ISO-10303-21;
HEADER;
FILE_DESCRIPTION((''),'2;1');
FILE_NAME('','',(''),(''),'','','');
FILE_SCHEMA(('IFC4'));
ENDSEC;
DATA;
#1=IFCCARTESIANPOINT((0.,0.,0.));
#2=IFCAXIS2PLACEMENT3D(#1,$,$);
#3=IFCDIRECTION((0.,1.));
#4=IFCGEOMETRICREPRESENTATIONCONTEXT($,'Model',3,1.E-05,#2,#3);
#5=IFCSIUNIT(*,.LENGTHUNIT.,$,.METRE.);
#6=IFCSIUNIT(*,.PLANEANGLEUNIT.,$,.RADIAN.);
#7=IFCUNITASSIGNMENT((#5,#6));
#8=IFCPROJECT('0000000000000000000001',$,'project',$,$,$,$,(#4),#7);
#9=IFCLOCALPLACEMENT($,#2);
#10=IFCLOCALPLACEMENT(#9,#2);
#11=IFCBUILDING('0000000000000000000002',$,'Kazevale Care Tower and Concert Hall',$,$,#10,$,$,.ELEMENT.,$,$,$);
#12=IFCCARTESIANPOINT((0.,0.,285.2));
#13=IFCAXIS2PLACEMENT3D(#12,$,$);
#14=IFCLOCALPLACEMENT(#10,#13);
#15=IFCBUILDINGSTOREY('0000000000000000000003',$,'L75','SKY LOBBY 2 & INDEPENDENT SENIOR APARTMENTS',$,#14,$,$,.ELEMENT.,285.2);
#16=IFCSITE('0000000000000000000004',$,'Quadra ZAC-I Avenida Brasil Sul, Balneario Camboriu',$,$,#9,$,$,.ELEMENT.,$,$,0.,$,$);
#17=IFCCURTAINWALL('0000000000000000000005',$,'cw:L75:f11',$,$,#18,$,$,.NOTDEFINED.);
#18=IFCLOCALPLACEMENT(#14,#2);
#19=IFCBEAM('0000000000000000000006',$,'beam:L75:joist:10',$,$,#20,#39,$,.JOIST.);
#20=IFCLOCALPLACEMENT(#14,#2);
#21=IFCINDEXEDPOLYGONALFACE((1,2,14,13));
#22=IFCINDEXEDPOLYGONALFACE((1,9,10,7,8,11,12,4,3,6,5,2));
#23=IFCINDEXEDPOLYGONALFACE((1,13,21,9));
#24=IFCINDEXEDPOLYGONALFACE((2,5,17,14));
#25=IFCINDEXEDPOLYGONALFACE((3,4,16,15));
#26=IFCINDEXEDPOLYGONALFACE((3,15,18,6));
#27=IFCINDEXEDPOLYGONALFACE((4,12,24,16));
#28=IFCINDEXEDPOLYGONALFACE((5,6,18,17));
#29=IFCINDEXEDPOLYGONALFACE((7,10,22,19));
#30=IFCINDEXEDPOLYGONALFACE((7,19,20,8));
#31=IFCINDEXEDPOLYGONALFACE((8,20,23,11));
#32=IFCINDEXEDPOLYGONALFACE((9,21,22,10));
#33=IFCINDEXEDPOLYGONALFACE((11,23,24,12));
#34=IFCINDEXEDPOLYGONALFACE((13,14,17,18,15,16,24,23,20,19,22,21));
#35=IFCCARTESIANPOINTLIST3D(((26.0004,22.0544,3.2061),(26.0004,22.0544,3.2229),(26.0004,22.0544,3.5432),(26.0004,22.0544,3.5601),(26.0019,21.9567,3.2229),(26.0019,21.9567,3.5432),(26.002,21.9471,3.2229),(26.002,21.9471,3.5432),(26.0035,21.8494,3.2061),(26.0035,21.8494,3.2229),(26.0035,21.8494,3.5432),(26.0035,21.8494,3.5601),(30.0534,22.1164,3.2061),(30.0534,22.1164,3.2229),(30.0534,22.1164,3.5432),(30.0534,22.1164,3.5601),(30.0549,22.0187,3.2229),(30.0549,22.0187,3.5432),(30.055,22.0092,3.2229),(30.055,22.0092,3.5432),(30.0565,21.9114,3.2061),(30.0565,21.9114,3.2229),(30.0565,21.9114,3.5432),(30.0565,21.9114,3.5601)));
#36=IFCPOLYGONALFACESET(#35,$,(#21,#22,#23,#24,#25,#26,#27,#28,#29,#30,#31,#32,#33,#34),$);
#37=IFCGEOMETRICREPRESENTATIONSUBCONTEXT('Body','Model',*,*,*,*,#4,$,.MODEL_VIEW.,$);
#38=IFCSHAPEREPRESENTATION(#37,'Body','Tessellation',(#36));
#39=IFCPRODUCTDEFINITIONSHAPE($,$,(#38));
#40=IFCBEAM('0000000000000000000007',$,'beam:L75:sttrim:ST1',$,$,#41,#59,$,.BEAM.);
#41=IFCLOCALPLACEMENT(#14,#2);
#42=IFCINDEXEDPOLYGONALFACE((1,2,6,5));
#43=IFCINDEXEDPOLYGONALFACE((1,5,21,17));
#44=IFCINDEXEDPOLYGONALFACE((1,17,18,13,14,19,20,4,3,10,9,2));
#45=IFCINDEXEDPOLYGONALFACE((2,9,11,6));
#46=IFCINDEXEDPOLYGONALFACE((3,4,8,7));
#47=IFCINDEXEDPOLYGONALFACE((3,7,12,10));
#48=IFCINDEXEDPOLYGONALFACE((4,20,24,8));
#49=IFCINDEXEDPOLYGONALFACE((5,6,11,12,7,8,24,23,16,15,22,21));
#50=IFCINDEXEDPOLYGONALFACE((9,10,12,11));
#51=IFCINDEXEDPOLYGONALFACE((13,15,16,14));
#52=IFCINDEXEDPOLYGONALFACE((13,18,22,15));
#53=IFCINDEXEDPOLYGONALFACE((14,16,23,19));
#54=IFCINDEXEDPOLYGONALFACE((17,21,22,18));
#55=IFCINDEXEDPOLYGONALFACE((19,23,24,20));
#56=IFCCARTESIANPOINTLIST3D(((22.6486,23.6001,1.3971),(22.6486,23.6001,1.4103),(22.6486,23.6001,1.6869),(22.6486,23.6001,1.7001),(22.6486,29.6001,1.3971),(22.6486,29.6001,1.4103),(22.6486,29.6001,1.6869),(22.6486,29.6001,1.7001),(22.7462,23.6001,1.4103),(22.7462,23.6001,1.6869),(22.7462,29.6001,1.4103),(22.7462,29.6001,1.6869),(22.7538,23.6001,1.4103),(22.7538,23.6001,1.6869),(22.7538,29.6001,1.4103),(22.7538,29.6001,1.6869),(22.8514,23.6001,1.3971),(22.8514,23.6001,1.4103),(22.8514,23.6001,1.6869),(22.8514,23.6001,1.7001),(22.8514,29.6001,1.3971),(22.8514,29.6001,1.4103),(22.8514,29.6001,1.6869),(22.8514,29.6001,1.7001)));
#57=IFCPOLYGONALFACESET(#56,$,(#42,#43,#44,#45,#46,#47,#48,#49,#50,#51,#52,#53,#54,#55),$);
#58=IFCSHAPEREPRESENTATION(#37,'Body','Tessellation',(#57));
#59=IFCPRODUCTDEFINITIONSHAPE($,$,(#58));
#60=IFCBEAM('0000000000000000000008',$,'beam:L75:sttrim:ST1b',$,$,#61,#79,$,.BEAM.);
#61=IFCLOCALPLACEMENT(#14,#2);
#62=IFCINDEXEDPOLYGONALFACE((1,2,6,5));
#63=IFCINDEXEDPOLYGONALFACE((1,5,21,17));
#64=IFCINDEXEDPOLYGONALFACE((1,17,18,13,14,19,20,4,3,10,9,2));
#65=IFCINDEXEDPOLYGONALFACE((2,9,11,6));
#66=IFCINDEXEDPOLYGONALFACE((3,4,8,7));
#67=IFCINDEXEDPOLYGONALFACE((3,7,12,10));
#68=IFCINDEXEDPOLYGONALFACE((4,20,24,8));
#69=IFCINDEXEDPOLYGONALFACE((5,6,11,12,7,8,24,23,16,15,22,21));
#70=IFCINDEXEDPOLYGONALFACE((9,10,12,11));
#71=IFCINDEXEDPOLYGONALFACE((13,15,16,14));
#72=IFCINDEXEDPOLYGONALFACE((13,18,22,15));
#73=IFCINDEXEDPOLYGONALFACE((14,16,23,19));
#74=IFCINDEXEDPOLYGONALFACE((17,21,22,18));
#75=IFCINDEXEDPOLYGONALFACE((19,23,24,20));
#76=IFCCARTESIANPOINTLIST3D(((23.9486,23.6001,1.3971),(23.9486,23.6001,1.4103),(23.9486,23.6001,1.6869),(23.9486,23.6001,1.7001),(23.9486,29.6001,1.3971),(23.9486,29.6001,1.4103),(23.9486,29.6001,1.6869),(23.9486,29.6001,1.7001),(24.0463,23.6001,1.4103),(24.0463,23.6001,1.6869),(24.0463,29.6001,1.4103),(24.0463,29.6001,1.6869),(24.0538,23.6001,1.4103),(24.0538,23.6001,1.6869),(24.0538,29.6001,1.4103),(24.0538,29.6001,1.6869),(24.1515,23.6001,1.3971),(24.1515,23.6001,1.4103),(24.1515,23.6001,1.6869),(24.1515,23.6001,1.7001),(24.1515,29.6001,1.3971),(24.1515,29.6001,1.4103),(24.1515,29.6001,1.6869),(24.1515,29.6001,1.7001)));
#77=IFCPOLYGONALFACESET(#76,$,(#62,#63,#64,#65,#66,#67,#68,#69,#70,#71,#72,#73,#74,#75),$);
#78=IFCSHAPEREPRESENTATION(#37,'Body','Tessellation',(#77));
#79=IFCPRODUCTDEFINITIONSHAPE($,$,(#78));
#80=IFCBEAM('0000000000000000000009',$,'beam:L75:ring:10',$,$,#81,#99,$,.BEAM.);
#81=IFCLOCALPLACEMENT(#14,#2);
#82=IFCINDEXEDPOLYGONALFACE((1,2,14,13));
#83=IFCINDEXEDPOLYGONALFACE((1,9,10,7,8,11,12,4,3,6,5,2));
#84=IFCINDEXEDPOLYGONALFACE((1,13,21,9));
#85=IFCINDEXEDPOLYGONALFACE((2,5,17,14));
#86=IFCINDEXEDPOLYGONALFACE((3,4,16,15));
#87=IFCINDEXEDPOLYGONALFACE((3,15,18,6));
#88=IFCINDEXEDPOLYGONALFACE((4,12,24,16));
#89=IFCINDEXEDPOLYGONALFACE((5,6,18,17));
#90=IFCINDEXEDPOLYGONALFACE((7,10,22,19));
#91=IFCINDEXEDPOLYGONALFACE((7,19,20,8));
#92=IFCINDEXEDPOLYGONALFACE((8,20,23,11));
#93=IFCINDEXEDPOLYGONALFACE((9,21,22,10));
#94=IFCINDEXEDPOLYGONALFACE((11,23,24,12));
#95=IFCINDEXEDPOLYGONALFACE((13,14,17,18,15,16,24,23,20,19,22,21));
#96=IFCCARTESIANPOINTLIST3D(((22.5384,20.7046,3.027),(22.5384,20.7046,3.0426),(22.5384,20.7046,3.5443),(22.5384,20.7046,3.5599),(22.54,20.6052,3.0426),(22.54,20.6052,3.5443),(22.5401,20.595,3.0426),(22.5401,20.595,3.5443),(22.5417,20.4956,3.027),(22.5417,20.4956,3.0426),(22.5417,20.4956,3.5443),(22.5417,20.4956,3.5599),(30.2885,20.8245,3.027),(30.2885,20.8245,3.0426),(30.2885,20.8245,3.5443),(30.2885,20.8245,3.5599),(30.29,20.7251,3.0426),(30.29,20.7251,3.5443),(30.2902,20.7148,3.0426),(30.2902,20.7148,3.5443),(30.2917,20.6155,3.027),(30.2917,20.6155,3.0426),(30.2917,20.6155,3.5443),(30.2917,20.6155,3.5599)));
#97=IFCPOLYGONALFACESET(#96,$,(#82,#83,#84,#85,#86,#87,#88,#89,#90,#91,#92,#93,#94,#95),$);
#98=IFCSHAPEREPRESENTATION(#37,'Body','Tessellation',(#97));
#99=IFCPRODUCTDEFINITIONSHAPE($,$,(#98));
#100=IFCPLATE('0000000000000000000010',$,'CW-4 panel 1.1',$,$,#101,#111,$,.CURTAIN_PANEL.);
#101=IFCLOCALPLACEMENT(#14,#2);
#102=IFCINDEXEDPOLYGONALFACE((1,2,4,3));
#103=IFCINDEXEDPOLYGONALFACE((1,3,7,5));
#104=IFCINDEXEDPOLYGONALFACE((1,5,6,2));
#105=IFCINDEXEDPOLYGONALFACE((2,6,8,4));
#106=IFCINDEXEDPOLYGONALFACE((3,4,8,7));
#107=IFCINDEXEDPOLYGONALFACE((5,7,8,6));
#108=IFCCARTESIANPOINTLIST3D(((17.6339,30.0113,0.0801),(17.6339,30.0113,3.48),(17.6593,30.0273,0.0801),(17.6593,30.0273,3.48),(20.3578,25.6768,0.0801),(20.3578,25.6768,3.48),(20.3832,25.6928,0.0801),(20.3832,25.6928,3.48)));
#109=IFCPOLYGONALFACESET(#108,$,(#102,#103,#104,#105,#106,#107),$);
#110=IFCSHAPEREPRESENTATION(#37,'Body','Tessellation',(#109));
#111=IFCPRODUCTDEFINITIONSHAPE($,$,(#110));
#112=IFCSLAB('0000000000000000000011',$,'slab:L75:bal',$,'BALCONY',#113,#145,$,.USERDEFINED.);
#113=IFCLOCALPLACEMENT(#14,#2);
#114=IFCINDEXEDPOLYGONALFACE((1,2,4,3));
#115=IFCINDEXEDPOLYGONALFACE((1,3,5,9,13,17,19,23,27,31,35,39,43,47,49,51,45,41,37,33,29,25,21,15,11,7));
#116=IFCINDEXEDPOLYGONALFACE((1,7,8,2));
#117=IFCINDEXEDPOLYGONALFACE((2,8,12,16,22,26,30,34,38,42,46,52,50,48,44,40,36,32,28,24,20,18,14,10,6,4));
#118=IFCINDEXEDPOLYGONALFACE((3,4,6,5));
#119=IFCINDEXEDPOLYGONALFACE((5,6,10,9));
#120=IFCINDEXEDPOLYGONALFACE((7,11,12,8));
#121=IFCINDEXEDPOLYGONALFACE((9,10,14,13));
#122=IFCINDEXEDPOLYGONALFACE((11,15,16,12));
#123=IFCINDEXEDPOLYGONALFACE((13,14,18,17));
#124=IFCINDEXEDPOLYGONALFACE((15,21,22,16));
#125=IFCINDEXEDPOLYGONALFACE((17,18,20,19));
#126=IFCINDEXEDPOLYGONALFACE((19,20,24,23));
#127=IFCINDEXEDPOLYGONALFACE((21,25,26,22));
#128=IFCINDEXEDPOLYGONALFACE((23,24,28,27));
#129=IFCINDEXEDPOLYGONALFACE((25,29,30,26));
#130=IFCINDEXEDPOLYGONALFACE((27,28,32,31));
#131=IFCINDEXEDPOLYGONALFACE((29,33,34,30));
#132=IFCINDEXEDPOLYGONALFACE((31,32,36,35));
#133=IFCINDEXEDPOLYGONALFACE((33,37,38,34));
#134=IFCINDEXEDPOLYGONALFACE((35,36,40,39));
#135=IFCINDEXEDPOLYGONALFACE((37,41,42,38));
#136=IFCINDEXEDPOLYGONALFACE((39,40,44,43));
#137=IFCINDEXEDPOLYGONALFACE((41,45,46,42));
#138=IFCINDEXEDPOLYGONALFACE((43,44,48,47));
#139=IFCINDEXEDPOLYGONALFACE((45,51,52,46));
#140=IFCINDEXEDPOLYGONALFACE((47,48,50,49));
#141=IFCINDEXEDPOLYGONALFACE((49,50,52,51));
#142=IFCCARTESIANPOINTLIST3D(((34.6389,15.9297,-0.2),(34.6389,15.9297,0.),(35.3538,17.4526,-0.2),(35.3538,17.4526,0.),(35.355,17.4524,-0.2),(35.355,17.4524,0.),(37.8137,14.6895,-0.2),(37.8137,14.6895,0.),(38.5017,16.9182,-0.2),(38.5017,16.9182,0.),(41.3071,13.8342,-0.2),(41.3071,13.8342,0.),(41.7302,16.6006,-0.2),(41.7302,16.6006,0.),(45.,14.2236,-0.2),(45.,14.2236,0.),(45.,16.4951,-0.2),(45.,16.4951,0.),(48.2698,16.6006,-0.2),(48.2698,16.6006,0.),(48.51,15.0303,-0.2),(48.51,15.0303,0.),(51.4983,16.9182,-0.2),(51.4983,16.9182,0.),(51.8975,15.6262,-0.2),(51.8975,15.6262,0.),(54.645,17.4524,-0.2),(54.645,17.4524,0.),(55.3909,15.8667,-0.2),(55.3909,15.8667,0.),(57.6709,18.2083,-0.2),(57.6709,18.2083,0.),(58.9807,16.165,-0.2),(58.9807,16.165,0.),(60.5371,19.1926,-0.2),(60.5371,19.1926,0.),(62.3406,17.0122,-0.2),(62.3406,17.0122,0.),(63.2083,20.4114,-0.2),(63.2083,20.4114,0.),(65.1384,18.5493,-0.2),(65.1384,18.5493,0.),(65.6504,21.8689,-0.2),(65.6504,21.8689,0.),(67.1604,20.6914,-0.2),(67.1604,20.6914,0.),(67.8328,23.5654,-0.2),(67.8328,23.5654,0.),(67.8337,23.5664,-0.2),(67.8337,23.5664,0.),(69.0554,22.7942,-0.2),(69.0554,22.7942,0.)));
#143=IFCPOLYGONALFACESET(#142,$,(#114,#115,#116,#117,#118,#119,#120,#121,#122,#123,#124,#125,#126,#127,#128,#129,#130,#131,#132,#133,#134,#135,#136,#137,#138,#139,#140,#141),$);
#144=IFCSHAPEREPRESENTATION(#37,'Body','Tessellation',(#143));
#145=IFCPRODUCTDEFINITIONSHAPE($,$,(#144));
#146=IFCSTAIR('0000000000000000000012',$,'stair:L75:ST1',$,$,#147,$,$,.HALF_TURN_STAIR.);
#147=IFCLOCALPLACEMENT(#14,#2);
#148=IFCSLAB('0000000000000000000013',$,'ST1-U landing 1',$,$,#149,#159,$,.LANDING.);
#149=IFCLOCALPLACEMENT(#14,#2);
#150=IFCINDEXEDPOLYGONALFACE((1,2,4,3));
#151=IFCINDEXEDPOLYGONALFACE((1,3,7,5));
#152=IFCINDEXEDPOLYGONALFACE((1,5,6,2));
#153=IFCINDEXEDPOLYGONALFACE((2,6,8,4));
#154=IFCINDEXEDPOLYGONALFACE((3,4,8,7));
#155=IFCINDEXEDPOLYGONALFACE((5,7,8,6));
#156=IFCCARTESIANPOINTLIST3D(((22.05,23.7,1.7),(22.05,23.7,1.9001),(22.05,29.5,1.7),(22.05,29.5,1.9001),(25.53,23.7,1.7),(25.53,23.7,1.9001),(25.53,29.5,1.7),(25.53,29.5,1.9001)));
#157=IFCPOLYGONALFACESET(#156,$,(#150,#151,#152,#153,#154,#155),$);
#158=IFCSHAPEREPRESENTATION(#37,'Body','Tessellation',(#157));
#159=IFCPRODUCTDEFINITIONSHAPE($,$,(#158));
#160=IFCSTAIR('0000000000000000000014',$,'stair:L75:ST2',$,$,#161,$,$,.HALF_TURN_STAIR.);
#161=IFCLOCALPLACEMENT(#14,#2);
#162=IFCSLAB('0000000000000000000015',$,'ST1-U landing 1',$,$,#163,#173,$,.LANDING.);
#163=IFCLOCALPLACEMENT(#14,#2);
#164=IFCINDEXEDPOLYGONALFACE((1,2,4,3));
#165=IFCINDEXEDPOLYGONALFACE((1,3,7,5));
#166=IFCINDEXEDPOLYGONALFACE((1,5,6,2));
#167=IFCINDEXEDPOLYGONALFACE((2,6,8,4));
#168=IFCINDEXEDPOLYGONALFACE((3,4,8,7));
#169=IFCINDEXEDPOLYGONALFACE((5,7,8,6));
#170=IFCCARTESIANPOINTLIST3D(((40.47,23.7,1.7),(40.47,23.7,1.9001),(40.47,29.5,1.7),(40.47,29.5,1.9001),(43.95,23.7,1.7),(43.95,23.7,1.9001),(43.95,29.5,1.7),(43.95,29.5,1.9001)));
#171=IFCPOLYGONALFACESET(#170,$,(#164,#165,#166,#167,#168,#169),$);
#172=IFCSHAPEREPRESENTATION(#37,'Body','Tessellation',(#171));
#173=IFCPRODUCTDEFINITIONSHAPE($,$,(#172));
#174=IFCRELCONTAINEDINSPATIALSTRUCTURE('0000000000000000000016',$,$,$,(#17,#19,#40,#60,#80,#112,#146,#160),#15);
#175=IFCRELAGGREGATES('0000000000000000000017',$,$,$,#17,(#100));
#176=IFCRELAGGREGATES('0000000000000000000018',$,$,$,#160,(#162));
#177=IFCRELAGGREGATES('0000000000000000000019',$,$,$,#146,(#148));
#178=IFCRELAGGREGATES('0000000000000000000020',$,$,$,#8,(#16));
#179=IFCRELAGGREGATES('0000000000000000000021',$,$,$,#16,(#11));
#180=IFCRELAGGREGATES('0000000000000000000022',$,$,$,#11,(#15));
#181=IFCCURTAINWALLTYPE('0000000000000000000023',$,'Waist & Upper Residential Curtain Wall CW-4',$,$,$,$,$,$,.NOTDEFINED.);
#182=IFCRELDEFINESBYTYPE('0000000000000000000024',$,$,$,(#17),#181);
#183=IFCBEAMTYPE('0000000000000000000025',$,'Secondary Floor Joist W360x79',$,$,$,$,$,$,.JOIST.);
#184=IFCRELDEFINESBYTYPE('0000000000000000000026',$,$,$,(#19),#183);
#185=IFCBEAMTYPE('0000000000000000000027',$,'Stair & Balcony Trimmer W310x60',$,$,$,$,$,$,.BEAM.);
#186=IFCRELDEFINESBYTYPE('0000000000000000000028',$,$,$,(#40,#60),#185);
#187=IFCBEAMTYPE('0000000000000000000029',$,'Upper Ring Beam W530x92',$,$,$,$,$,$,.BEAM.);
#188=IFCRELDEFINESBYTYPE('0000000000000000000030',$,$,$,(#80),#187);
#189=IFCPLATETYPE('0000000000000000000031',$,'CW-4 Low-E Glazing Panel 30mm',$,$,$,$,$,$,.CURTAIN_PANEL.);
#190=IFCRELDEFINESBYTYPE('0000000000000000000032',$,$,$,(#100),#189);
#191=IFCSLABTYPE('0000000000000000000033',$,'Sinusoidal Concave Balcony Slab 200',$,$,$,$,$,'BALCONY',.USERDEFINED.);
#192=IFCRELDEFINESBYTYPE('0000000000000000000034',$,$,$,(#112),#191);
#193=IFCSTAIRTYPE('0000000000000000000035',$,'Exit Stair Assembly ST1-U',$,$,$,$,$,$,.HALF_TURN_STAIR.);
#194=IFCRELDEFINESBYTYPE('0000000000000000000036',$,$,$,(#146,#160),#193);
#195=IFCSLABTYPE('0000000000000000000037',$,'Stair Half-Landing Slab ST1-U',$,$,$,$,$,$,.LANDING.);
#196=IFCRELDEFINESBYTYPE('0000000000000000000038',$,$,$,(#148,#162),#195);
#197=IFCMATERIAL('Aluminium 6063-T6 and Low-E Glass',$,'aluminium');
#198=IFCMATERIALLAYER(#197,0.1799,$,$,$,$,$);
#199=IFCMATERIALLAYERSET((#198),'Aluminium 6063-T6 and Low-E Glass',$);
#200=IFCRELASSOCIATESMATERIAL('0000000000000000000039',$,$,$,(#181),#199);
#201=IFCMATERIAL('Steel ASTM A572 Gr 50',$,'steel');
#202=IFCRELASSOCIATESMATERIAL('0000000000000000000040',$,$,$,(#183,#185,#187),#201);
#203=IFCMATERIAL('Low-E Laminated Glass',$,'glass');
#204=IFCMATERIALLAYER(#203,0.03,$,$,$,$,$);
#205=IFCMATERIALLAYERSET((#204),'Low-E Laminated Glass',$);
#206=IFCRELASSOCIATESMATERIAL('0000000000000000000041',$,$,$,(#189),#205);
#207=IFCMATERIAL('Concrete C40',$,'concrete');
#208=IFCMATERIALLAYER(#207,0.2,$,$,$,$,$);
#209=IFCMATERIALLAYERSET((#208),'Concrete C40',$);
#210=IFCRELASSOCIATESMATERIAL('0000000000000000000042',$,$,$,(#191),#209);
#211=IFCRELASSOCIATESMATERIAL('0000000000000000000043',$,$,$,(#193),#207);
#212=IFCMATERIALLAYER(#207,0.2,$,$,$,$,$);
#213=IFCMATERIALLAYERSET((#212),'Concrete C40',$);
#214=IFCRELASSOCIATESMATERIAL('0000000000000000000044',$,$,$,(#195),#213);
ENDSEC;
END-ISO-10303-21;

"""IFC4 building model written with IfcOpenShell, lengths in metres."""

from ifc_helpers import new_model, si_unit, direction, frame, origin, origin_2d, place, context, subcontext, project, spatial, polyline, rectangle, i_section, outline, extrude, material, layer, layer_set, material_profile, profile_set, type_object, element, aggregate, save


model = new_model("IFC4")

# Units and contexts
model_context = context("Model", 3, precision=1e-05, world=origin(), true_north=direction((0.0, 1.0)))
body_context = subcontext(model_context, "Body", "Model", "MODEL_VIEW")
ifc_project = project(units=[si_unit("LENGTHUNIT", "METRE"), si_unit("PLANEANGLEUNIT", "RADIAN")], contexts=[model_context])

# Site, building, storey
site_placement = place(None, origin())
site = spatial("IfcSite", under=ifc_project, at=site_placement, Name="Quadra ZAC-I Avenida Brasil Sul, Balneario Camboriu", CompositionType="ELEMENT", RefElevation=0.0)
building_placement = place(site_placement, origin())
building = spatial("IfcBuilding", under=site, at=building_placement, Name="Kazevale Care Tower and Concert Hall", CompositionType="ELEMENT")
storey_placement = place(building_placement, frame((0.0, 0.0, 285.2)))
storey = spatial("IfcBuildingStorey", under=building, at=storey_placement, Name="L75", Description="SKY LOBBY 2 & INDEPENDENT SENIOR APARTMENTS", CompositionType="ELEMENT", Elevation=285.2)

# Curtain wall
ifc_material_1 = material(Name="Aluminium 6063-T6 and Low-E Glass", Category="aluminium")
ifc_layer_1 = layer(ifc_material_1, 0.1799)
ifc_layer_set_1 = layer_set([ifc_layer_1], Name="Aluminium 6063-T6 and Low-E Glass")
curtain_wall_type_1 = type_object("IfcCurtainWallType", Name="Waist & Upper Residential Curtain Wall CW-4", PredefinedType="NOTDEFINED", material=ifc_layer_set_1)
curtain_wall_1_placement = place(storey_placement, origin())
curtain_wall_1 = element("IfcCurtainWall", 1, at=curtain_wall_1_placement, inside=storey, type_object=curtain_wall_type_1, Name="cw:L75:f11", PredefinedType="NOTDEFINED")

# Beams
ifc_material_2 = material(Name="Steel ASTM A572 Gr 50", Category="steel")
ifc_material_profile_1 = material_profile(ifc_material_2, i_section(OverallWidth=0.2051, OverallDepth=0.354, WebThickness=0.0095, FlangeThickness=0.0168, at=origin_2d()), Name="W360x79")
ifc_profile_set_1 = profile_set([ifc_material_profile_1], Name="Steel ASTM A572 Gr 50")
beam_type_1 = type_object("IfcBeamType", Name="Secondary Floor Joist W360x79", PredefinedType="JOIST", material=ifc_profile_set_1)
beam_1_placement = place(storey_placement, frame((26.002, 21.9519, 3.3831), z_axis=(0.999883, 0.015298, 0.0), x_axis=(-0.015298, 0.999883, 0.0)))
element("IfcBeam", 2, at=beam_1_placement, inside=storey, type_object=beam_type_1, Name="beam:L75:joist:10", PredefinedType="JOIST", context=body_context, shape_type="SweptSolid", body=[
    extrude(i_section(OverallWidth=0.2051, OverallDepth=0.354, WebThickness=0.0095, FlangeThickness=0.0168, at=origin_2d()), origin(), (0.0, 0.0, 1.0), 4.0535),
])
ifc_material_profile_2 = material_profile(ifc_material_2, i_section(OverallWidth=0.2029, OverallDepth=0.303, WebThickness=0.0076, FlangeThickness=0.0132, at=origin_2d()), Name="W310x60")
ifc_profile_set_2 = profile_set([ifc_material_profile_2], Name="Steel ASTM A572 Gr 50")
beam_type_2 = type_object("IfcBeamType", Name="Stair & Balcony Trimmer W310x60", PredefinedType="BEAM", material=ifc_profile_set_2)
for number, where, z_axis, x_axis, name in (
    (3, (22.75, 23.6001, 1.5486), (0.0, 1.0, 0.0), (-1.0, 0.0, 0.0), "beam:L75:sttrim:ST1"),
    (4, (24.05, 23.6001, 1.5486), (0.0, 1.0, 0.0), (-1.0, 0.0, 0.0), "beam:L75:sttrim:ST1b"),
):
    element("IfcBeam", number, at=place(storey_placement, frame(where, z_axis=z_axis, x_axis=x_axis)), inside=storey, type_object=beam_type_2, Name=name, PredefinedType="BEAM", context=body_context, shape_type="SweptSolid", body=[
        extrude(i_section(OverallWidth=0.2029, OverallDepth=0.303, WebThickness=0.0076, FlangeThickness=0.0132, at=origin_2d()), origin(), (0.0, 0.0, 1.0), 6.0),
    ])
ifc_material_profile_3 = material_profile(ifc_material_2, i_section(OverallWidth=0.209, OverallDepth=0.533, WebThickness=0.0103, FlangeThickness=0.0156, at=origin_2d()), Name="W530x92")
ifc_profile_set_3 = profile_set([ifc_material_profile_3], Name="Steel ASTM A572 Gr 50")
beam_type_3 = type_object("IfcBeamType", Name="Upper Ring Beam W530x92", PredefinedType="BEAM", material=ifc_profile_set_3)
beam_2_placement = place(storey_placement, frame((22.54, 20.6001, 3.2935), z_axis=(0.99988, 0.015466, 0.0), x_axis=(-0.015466, 0.99988, 0.0)))
element("IfcBeam", 5, at=beam_2_placement, inside=storey, type_object=beam_type_3, Name="beam:L75:ring:10", PredefinedType="BEAM", context=body_context, shape_type="SweptSolid", body=[
    extrude(i_section(OverallWidth=0.209, OverallDepth=0.533, WebThickness=0.0103, FlangeThickness=0.0156, at=origin_2d()), origin(), (0.0, 0.0, 1.0), 7.751),
])

# Plate
ifc_material_3 = material(Name="Low-E Laminated Glass", Category="glass")
ifc_layer_2 = layer(ifc_material_3, 0.03)
ifc_layer_set_2 = layer_set([ifc_layer_2], Name="Low-E Laminated Glass")
plate_type = type_object("IfcPlateType", Name="CW-4 Low-E Glazing Panel 30mm", PredefinedType="CURTAIN_PANEL", material=ifc_layer_set_2)
plate_placement = place(storey_placement, frame((19.0085, 27.8521, 0.0801), z_axis=(0.0, 0.0, 1.0), x_axis=(-0.532075, 0.846698, 0.0)))
plate = element("IfcPlate", 6, at=plate_placement, type_object=plate_type, Name="CW-4 panel 1.1", PredefinedType="CURTAIN_PANEL", context=body_context, shape_type="SweptSolid", body=[
    extrude(rectangle(XDim=5.1194, YDim=0.03, at=origin_2d()), origin(), (0.0, 0.0, 1.0), 3.3999),
])
aggregate(curtain_wall_1, [plate])

# Slab
ifc_material_4 = material(Name="Concrete C40", Category="concrete")
ifc_layer_3 = layer(ifc_material_4, 0.2)
ifc_layer_set_3 = layer_set([ifc_layer_3], Name="Concrete C40")
slab_type_1 = type_object("IfcSlabType", Name="Sinusoidal Concave Balcony Slab 200", ElementType="BALCONY", PredefinedType="USERDEFINED", material=ifc_layer_set_3)
slab_1_placement = place(storey_placement, frame((0.0, 0.0, -0.2)))
element("IfcSlab", 7, at=slab_1_placement, inside=storey, type_object=slab_type_1, Name="slab:L75:bal", ObjectType="BALCONY", PredefinedType="USERDEFINED", context=body_context, shape_type="SweptSolid", body=[
    extrude(outline(polyline([(69.0554, 22.7942), (67.1604, 20.6914), (65.1384, 18.5493), (62.3406, 17.0122), (58.9807, 16.165), (55.3909, 15.8667), (51.8975, 15.6262), (48.51, 15.0303), (45.0, 14.2236), (41.3071, 13.8342), (37.8137, 14.6895), (34.6389, 15.9297), (35.3538, 17.4526), (35.355, 17.4524), (38.5017, 16.9182), (41.7302, 16.6006), (45.0, 16.4951), (48.2698, 16.6006), (51.4983, 16.9182), (54.645, 17.4524), (57.6709, 18.2083), (60.5371, 19.1926), (63.2083, 20.4114), (65.6504, 21.8689), (67.8328, 23.5654), (67.8337, 23.5664), (69.0554, 22.7942)])), origin(), (0.0, 0.0, 1.0), 0.2),
])

# Stairs, slabs
stair_type = type_object("IfcStairType", Name="Exit Stair Assembly ST1-U", PredefinedType="HALF_TURN_STAIR", material=ifc_material_4)
stair_1_placement = place(storey_placement, origin())
stair_1 = element("IfcStair", 8, at=stair_1_placement, inside=storey, type_object=stair_type, Name="stair:L75:ST1", PredefinedType="HALF_TURN_STAIR")
ifc_layer_4 = layer(ifc_material_4, 0.2)
ifc_layer_set_4 = layer_set([ifc_layer_4], Name="Concrete C40")
slab_type_2 = type_object("IfcSlabType", Name="Stair Half-Landing Slab ST1-U", PredefinedType="LANDING", material=ifc_layer_set_4)
slab_2_placement = place(storey_placement, frame((0.0, 0.0, 1.7)))
slab_2 = element("IfcSlab", 9, at=slab_2_placement, type_object=slab_type_2, Name="ST1-U landing 1", PredefinedType="LANDING", context=body_context, shape_type="SweptSolid", body=[
    extrude(outline(polyline([(22.05, 23.7), (25.53, 23.7), (25.53, 29.5), (22.05, 29.5), (22.05, 23.7)])), origin(), (0.0, 0.0, 1.0), 0.2002),
])
stair_2_placement = place(storey_placement, origin())
stair_2 = element("IfcStair", 10, at=stair_2_placement, inside=storey, type_object=stair_type, Name="stair:L75:ST2", PredefinedType="HALF_TURN_STAIR")
slab_3_placement = place(storey_placement, frame((0.0, 0.0, 1.7)))
slab_3 = element("IfcSlab", 11, at=slab_3_placement, type_object=slab_type_2, Name="ST1-U landing 1", PredefinedType="LANDING", context=body_context, shape_type="SweptSolid", body=[
    extrude(outline(polyline([(40.47, 23.7), (43.95, 23.7), (43.95, 29.5), (40.47, 29.5), (40.47, 23.7)])), origin(), (0.0, 0.0, 1.0), 0.2002),
])
aggregate(stair_2, [slab_3])

aggregate(stair_1, [slab_2])

save(model, "model.ifc")
